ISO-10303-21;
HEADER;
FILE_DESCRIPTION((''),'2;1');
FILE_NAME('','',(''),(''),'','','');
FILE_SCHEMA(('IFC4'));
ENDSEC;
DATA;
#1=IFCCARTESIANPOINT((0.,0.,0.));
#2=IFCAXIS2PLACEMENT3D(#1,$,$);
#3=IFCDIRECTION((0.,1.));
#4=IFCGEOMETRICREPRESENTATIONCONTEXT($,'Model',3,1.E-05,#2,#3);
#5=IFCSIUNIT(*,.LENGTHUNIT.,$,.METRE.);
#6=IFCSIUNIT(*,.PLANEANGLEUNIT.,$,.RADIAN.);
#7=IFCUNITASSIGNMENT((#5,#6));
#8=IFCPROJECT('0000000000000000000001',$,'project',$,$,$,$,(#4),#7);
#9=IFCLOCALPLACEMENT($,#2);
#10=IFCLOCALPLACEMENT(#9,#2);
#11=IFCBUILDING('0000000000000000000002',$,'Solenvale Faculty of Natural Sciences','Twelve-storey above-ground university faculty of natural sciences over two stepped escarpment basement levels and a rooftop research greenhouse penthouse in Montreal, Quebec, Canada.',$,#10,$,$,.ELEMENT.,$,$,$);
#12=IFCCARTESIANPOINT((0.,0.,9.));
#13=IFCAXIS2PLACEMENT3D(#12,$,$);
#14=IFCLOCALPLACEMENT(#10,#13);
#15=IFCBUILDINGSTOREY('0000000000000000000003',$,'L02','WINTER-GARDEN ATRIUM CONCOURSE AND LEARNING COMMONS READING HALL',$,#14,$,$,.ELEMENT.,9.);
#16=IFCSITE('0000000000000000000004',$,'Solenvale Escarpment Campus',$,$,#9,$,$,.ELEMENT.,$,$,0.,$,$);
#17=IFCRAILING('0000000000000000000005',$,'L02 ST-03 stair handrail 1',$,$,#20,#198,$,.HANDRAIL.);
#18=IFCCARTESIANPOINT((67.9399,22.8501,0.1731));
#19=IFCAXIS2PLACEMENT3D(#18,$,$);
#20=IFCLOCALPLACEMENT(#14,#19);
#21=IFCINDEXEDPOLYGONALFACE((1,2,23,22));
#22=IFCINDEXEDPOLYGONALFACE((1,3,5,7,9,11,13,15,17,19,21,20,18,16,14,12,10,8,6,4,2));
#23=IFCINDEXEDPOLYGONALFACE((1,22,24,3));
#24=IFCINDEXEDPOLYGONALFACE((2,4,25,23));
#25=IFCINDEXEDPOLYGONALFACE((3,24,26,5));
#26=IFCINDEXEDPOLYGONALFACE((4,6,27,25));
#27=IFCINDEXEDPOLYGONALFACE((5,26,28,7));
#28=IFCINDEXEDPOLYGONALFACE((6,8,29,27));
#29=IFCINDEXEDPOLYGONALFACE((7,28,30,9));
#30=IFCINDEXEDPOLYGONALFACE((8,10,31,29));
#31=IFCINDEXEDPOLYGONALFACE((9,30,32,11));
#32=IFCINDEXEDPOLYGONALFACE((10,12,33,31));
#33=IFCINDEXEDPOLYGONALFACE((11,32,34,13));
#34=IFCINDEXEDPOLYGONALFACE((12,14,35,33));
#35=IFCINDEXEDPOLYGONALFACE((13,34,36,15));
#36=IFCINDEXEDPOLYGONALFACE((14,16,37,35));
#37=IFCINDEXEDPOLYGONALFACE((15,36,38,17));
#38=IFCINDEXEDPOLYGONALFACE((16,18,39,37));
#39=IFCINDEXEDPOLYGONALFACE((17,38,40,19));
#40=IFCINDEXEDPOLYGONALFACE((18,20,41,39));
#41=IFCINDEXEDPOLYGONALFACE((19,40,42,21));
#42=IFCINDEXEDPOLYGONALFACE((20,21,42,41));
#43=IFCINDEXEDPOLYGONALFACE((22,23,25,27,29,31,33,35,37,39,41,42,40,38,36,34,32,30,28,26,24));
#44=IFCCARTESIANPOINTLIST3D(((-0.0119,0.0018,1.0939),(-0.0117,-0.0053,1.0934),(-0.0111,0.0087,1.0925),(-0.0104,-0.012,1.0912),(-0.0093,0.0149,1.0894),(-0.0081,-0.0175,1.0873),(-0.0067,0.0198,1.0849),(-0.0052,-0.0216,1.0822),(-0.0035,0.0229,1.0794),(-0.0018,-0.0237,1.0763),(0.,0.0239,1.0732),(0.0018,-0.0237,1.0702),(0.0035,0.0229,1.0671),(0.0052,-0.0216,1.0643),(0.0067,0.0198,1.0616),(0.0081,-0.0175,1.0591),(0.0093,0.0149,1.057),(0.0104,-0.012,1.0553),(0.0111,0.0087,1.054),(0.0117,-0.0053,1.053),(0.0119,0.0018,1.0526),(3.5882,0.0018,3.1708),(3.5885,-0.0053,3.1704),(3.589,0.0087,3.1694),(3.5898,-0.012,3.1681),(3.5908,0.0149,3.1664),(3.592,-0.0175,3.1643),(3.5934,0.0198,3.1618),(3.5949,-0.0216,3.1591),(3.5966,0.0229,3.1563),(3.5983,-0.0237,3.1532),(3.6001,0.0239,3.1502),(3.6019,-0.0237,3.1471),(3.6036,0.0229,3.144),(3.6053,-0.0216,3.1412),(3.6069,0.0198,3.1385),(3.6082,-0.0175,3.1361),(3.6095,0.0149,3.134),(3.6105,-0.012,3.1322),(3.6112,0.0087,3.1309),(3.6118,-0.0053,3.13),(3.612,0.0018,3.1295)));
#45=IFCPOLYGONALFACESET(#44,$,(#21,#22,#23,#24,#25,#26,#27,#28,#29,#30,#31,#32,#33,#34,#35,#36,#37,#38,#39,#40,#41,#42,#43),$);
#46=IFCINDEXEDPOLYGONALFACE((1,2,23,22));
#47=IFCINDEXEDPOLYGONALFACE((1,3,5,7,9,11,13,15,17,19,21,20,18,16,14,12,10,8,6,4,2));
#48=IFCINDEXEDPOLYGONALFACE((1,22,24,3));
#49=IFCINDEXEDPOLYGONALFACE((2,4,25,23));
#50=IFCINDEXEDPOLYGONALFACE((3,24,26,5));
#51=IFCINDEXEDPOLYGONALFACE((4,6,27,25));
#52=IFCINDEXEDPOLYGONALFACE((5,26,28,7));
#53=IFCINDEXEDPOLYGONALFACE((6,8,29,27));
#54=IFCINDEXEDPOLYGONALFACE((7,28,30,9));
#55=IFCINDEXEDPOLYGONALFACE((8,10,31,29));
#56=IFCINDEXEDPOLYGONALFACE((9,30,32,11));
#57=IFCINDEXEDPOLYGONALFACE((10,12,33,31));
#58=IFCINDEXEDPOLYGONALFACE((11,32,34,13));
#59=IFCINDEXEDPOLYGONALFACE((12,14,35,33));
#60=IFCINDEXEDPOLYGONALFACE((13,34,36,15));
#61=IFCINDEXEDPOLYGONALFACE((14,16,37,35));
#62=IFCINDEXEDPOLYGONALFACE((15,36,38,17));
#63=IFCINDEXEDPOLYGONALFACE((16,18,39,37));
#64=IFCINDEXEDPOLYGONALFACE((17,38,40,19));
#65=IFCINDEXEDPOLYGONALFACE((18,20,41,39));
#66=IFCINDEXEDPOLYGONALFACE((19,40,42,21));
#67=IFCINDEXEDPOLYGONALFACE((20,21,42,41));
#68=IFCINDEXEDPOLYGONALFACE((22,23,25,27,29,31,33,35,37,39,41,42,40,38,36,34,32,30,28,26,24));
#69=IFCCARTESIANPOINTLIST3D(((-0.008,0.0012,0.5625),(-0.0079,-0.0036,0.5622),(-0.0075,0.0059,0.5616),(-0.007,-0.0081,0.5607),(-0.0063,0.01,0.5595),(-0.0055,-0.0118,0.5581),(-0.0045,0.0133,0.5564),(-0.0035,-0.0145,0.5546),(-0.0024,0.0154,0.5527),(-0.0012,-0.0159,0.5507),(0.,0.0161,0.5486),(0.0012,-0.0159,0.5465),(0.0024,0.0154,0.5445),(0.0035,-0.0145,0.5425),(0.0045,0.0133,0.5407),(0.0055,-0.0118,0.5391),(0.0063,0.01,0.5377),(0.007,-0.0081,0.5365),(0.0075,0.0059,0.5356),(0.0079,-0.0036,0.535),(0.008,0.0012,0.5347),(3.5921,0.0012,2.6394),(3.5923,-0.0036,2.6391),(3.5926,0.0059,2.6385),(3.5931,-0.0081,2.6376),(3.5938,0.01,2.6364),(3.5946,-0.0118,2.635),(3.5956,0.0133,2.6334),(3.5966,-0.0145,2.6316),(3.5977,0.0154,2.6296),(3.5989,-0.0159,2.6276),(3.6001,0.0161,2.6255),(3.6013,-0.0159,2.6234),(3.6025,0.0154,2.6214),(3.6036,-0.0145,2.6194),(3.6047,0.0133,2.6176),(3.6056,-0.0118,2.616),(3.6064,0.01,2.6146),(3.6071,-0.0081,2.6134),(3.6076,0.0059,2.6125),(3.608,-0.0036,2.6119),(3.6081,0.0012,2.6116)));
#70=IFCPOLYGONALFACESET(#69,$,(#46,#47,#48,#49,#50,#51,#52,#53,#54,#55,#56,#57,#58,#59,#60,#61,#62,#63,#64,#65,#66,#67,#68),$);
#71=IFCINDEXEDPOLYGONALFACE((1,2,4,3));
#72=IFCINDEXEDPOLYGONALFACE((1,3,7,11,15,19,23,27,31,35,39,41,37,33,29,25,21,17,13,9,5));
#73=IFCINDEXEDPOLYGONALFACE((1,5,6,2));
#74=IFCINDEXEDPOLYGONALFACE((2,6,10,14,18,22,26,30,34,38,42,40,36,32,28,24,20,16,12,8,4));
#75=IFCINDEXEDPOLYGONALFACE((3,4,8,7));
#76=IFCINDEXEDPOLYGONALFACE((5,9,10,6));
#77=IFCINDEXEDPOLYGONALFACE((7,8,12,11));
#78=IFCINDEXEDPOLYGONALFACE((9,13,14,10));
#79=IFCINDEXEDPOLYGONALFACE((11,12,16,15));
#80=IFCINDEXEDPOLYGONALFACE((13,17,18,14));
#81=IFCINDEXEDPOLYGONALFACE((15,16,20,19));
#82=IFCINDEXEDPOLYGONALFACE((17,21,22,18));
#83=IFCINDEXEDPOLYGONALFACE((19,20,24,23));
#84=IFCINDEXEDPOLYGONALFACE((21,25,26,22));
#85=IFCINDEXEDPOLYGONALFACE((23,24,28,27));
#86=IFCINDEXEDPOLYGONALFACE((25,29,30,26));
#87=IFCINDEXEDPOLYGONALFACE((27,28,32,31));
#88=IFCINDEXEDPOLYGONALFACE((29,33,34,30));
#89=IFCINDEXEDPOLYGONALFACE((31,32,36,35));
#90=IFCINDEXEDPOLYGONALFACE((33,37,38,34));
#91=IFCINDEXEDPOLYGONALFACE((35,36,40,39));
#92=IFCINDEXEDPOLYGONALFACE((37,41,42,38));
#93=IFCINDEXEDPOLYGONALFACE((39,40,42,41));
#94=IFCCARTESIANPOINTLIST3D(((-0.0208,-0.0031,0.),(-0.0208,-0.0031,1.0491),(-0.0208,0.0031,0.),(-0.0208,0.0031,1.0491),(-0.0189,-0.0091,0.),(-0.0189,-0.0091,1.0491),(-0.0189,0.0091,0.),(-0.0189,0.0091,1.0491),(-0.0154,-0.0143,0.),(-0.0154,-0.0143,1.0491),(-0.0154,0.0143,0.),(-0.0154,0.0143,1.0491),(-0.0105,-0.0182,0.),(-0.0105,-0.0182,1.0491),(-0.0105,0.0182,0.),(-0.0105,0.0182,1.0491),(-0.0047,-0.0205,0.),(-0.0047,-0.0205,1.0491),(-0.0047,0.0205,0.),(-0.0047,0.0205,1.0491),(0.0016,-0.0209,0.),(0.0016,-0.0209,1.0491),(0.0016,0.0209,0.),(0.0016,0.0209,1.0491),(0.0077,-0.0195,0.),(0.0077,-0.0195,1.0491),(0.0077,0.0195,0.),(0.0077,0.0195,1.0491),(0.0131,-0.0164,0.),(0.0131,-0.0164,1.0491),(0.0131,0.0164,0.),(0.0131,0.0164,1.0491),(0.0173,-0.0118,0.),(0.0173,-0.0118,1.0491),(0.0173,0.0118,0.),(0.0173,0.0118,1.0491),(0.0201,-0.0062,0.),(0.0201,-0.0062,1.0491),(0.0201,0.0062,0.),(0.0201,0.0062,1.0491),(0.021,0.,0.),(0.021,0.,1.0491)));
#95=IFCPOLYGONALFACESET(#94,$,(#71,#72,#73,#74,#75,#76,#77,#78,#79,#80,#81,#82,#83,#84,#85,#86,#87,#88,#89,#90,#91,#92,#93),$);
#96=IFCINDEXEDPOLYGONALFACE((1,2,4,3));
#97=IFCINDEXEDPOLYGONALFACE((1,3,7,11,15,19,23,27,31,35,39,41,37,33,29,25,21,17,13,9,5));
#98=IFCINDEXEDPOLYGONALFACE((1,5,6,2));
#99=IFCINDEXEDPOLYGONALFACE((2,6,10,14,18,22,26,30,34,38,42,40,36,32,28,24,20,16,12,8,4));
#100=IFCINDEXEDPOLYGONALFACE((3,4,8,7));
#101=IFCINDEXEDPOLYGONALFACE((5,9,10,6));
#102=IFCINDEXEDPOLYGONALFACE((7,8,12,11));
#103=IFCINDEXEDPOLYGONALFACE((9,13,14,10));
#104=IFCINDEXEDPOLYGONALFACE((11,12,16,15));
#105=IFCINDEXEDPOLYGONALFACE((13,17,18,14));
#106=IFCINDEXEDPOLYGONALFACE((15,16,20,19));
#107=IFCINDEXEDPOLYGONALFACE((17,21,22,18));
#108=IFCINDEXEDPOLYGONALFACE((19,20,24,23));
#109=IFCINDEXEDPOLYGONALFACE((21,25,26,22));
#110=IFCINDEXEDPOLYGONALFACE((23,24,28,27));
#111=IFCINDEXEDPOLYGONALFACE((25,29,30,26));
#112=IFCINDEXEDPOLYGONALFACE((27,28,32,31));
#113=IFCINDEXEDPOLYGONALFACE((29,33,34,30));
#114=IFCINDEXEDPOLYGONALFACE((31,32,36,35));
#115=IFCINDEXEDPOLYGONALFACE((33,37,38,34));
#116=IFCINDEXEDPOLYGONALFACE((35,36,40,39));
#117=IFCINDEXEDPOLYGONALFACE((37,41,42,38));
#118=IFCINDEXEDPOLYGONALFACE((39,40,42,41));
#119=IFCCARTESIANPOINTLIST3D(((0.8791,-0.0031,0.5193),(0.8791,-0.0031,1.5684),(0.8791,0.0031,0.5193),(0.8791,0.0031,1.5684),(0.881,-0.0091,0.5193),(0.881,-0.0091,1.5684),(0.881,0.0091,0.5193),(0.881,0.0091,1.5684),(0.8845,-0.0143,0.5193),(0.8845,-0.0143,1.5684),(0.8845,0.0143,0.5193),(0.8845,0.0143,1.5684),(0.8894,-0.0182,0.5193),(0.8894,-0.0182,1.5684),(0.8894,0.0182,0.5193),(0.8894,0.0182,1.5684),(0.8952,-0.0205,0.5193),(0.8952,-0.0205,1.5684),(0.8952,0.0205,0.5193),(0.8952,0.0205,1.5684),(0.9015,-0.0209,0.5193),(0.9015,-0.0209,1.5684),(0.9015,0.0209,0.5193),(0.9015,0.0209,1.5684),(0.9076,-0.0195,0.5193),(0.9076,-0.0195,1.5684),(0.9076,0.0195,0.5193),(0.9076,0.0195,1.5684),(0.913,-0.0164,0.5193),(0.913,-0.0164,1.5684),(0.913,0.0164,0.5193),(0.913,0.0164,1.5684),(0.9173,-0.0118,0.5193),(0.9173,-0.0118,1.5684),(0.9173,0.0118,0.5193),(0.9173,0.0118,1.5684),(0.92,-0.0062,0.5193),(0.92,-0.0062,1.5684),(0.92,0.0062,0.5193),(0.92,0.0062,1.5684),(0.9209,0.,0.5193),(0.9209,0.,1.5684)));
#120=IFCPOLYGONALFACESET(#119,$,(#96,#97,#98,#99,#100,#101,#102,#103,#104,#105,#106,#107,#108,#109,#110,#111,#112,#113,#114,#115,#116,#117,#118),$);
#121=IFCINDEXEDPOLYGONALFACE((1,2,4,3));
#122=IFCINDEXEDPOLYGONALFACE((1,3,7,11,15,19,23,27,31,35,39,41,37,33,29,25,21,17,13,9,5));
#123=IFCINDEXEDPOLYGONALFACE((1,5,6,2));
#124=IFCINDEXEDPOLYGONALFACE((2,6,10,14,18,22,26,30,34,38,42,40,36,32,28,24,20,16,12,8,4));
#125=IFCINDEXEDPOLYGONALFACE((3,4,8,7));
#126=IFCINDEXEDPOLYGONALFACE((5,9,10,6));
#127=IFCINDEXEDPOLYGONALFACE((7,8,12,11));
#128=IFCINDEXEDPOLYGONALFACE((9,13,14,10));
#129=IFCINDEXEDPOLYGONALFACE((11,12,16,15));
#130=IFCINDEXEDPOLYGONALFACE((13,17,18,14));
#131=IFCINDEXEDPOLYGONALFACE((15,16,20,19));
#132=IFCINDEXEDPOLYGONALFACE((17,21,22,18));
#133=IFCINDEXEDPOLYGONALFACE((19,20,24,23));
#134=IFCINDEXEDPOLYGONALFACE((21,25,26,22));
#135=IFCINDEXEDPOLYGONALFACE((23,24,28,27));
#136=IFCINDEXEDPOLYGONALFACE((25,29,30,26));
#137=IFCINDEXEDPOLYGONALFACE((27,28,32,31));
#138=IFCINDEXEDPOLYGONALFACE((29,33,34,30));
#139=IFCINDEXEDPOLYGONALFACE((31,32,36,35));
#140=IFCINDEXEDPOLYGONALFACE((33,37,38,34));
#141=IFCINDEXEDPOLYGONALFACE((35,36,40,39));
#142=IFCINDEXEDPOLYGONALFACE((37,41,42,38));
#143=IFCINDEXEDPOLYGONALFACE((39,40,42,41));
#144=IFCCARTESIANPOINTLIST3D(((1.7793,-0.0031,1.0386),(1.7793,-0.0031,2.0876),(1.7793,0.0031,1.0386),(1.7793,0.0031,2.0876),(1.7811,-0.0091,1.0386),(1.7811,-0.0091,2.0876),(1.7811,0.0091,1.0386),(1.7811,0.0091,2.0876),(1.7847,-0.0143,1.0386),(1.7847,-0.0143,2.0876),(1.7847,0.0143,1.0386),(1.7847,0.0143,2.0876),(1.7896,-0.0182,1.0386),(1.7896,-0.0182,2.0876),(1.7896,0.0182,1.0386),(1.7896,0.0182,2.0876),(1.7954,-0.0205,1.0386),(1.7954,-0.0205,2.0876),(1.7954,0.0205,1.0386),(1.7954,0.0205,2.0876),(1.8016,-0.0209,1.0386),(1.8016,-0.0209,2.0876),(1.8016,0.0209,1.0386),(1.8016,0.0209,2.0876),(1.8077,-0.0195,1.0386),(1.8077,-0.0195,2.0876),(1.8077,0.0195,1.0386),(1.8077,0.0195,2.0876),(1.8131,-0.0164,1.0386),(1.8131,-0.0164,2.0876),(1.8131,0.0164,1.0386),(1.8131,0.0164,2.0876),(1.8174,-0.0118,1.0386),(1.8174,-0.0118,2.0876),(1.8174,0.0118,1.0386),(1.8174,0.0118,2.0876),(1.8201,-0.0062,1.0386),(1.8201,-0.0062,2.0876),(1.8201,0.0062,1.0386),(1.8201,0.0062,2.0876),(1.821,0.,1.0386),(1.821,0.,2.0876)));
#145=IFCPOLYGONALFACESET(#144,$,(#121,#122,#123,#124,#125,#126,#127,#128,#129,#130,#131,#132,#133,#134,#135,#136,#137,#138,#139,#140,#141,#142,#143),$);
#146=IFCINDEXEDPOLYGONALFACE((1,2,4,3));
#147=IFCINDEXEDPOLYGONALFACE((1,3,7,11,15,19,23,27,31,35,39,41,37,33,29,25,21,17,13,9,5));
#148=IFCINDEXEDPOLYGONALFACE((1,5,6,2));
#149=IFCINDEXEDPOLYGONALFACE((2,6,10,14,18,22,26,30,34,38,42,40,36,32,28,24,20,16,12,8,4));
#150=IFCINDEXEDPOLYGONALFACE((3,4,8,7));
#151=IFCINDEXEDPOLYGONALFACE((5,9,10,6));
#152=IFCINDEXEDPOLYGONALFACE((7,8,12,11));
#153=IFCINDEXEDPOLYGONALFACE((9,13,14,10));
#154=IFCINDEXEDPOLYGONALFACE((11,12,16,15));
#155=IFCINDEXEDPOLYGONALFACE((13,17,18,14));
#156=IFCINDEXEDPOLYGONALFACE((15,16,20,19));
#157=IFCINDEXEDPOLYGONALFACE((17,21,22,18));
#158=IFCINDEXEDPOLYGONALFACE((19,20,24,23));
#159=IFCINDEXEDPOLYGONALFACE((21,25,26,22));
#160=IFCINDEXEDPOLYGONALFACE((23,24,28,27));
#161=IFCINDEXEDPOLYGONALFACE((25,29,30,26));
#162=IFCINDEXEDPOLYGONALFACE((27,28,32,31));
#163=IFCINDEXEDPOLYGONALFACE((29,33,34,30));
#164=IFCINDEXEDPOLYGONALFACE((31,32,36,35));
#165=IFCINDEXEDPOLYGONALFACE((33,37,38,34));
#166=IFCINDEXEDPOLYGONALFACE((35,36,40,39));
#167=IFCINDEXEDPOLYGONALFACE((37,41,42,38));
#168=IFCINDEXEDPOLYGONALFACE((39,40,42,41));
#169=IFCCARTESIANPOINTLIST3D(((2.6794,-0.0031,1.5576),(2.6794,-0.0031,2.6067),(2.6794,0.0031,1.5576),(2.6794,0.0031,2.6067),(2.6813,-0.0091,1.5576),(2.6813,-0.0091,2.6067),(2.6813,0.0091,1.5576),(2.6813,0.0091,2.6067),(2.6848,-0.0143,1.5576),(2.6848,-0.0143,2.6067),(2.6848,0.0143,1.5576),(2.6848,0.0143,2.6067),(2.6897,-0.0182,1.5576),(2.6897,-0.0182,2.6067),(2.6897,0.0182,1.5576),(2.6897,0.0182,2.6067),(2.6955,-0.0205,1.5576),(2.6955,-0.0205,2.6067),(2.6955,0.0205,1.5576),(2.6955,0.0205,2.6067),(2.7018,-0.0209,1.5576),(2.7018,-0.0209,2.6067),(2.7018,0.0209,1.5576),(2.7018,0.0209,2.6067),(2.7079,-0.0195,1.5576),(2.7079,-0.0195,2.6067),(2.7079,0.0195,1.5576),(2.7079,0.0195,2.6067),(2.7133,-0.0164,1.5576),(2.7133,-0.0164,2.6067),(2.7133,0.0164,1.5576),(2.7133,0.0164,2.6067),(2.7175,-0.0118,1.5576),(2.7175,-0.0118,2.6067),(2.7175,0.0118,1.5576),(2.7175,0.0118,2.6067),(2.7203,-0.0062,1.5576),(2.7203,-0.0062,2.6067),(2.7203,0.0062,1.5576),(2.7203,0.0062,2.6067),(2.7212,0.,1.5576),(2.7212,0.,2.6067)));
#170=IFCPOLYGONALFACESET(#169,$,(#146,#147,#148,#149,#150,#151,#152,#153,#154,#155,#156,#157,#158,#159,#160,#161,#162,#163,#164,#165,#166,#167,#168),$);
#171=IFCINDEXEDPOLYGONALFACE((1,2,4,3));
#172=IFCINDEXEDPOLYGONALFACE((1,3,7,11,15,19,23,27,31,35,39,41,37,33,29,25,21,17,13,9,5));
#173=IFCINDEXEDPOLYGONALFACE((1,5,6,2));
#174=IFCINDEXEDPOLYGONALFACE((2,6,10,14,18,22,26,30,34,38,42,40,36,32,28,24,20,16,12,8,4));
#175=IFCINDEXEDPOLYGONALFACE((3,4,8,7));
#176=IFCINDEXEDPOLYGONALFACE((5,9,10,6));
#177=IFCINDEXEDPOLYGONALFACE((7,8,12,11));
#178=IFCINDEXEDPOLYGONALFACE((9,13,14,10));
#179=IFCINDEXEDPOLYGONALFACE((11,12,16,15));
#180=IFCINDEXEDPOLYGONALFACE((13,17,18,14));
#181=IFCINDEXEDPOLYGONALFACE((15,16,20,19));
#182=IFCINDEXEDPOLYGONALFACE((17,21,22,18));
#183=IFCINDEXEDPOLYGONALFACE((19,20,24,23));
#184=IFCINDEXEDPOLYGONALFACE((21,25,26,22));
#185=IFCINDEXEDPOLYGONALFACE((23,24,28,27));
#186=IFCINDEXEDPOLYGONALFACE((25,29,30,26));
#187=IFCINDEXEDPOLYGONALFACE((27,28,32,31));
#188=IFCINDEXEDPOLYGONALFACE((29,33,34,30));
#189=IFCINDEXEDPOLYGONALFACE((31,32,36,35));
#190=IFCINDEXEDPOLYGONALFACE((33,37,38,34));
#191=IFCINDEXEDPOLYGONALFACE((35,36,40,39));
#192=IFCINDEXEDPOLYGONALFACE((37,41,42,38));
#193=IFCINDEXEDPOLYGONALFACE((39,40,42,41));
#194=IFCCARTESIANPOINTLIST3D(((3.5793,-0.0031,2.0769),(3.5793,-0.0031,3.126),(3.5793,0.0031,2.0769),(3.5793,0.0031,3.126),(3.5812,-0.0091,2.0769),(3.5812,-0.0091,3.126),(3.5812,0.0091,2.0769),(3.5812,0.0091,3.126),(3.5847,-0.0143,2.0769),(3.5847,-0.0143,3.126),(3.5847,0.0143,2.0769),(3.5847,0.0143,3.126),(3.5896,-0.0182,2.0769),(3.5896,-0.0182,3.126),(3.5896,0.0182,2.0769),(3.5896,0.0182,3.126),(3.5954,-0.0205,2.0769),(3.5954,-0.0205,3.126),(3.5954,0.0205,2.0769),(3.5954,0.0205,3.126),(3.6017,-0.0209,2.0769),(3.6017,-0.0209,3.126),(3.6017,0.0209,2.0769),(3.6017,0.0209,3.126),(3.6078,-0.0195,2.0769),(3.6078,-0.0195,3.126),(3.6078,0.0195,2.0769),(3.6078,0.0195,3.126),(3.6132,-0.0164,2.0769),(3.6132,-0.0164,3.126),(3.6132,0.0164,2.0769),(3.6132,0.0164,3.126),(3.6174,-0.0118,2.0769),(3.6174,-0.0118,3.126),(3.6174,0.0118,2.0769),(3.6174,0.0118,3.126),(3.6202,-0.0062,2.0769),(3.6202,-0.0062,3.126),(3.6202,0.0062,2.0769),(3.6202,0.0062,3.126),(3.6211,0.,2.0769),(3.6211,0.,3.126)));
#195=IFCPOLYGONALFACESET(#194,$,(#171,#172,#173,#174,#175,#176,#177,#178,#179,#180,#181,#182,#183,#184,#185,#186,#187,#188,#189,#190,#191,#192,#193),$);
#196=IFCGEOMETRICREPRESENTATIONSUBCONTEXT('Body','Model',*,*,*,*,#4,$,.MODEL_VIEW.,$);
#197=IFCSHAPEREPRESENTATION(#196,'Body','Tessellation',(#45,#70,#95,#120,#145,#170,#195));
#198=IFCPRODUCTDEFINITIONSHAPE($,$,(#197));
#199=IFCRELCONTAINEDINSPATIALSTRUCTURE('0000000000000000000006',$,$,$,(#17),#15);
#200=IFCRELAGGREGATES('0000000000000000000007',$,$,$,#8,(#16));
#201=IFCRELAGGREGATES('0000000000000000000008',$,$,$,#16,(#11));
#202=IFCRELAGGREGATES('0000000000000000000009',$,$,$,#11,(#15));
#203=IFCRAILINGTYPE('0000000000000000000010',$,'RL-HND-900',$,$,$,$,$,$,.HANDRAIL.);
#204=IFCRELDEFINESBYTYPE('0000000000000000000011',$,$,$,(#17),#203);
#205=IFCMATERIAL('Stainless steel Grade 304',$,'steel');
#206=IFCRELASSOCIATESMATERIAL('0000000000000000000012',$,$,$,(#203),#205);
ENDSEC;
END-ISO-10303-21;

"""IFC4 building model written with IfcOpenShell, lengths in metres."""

from ifc_helpers import new_model, si_unit, direction, frame, origin, origin_2d, place, context, subcontext, project, spatial, circle, extrude, material, type_object, element, save


model = new_model("IFC4")

# Units and contexts
model_context = context("Model", 3, precision=1e-05, world=origin(), true_north=direction((0.0, 1.0)))
body_context = subcontext(model_context, "Body", "Model", "MODEL_VIEW")
ifc_project = project(units=[si_unit("LENGTHUNIT", "METRE"), si_unit("PLANEANGLEUNIT", "RADIAN")], contexts=[model_context])

# Site, building, storey
site_placement = place(None, origin())
site = spatial("IfcSite", under=ifc_project, at=site_placement, Name="Solenvale Escarpment Campus", CompositionType="ELEMENT", RefElevation=0.0)
building_placement = place(site_placement, origin())
building = spatial("IfcBuilding", under=site, at=building_placement, Name="Solenvale Faculty of Natural Sciences", Description="Twelve-storey above-ground university faculty of natural sciences over two stepped escarpment basement levels and a rooftop research greenhouse penthouse in Montreal, Quebec, Canada.", CompositionType="ELEMENT")
storey_placement = place(building_placement, frame((0.0, 0.0, 9.0)))
storey = spatial("IfcBuildingStorey", under=building, at=storey_placement, Name="L02", Description="WINTER-GARDEN ATRIUM CONCOURSE AND LEARNING COMMONS READING HALL", CompositionType="ELEMENT", Elevation=9.0)

# Railing
ifc_material_1 = material(Name="Stainless steel Grade 304", Category="steel")
railing_type_1 = type_object("IfcRailingType", Name="RL-HND-900", PredefinedType="HANDRAIL", material=ifc_material_1)
railing_1_placement = place(storey_placement, frame((67.9399, 22.8501, 0.1731)))
element("IfcRailing", 1, at=railing_1_placement, inside=storey, type_object=railing_type_1, Name="L02 ST-03 stair handrail 1", PredefinedType="HANDRAIL", context=body_context, shape_type="SweptSolid", body=[
    extrude(circle(Radius=0.0239, at=origin_2d()), frame((0.0, 0.0, 1.0732), z_axis=(0.866193, 0.0, 0.499709), x_axis=(0.0, 1.0, 0.0)), (0.0, 0.0, 1.0), 4.1562),
    extrude(circle(Radius=0.0161, at=origin_2d()), frame((0.0, 0.0, 0.5486), z_axis=(0.866193, 0.0, 0.499709), x_axis=(0.0, 1.0, 0.0)), (0.0, 0.0, 1.0), 4.1562),
    extrude(circle(Radius=0.021, at=origin_2d()), origin(), (0.0, 0.0, 1.0), 1.0491),
    extrude(circle(Radius=0.021, at=origin_2d()), frame((0.8999, 0.0, 0.5193)), (0.0, 0.0, 1.0), 1.0491),
    extrude(circle(Radius=0.021, at=origin_2d()), frame((1.8, 0.0, 1.0386)), (0.0, 0.0, 1.0), 1.0491),
    extrude(circle(Radius=0.021, at=origin_2d()), frame((2.7002, 0.0, 1.5576)), (0.0, 0.0, 1.0), 1.0491),
    extrude(circle(Radius=0.021, at=origin_2d()), frame((3.6001, 0.0, 2.0769)), (0.0, 0.0, 1.0), 1.0491),
])

save(model, "model.ifc")
